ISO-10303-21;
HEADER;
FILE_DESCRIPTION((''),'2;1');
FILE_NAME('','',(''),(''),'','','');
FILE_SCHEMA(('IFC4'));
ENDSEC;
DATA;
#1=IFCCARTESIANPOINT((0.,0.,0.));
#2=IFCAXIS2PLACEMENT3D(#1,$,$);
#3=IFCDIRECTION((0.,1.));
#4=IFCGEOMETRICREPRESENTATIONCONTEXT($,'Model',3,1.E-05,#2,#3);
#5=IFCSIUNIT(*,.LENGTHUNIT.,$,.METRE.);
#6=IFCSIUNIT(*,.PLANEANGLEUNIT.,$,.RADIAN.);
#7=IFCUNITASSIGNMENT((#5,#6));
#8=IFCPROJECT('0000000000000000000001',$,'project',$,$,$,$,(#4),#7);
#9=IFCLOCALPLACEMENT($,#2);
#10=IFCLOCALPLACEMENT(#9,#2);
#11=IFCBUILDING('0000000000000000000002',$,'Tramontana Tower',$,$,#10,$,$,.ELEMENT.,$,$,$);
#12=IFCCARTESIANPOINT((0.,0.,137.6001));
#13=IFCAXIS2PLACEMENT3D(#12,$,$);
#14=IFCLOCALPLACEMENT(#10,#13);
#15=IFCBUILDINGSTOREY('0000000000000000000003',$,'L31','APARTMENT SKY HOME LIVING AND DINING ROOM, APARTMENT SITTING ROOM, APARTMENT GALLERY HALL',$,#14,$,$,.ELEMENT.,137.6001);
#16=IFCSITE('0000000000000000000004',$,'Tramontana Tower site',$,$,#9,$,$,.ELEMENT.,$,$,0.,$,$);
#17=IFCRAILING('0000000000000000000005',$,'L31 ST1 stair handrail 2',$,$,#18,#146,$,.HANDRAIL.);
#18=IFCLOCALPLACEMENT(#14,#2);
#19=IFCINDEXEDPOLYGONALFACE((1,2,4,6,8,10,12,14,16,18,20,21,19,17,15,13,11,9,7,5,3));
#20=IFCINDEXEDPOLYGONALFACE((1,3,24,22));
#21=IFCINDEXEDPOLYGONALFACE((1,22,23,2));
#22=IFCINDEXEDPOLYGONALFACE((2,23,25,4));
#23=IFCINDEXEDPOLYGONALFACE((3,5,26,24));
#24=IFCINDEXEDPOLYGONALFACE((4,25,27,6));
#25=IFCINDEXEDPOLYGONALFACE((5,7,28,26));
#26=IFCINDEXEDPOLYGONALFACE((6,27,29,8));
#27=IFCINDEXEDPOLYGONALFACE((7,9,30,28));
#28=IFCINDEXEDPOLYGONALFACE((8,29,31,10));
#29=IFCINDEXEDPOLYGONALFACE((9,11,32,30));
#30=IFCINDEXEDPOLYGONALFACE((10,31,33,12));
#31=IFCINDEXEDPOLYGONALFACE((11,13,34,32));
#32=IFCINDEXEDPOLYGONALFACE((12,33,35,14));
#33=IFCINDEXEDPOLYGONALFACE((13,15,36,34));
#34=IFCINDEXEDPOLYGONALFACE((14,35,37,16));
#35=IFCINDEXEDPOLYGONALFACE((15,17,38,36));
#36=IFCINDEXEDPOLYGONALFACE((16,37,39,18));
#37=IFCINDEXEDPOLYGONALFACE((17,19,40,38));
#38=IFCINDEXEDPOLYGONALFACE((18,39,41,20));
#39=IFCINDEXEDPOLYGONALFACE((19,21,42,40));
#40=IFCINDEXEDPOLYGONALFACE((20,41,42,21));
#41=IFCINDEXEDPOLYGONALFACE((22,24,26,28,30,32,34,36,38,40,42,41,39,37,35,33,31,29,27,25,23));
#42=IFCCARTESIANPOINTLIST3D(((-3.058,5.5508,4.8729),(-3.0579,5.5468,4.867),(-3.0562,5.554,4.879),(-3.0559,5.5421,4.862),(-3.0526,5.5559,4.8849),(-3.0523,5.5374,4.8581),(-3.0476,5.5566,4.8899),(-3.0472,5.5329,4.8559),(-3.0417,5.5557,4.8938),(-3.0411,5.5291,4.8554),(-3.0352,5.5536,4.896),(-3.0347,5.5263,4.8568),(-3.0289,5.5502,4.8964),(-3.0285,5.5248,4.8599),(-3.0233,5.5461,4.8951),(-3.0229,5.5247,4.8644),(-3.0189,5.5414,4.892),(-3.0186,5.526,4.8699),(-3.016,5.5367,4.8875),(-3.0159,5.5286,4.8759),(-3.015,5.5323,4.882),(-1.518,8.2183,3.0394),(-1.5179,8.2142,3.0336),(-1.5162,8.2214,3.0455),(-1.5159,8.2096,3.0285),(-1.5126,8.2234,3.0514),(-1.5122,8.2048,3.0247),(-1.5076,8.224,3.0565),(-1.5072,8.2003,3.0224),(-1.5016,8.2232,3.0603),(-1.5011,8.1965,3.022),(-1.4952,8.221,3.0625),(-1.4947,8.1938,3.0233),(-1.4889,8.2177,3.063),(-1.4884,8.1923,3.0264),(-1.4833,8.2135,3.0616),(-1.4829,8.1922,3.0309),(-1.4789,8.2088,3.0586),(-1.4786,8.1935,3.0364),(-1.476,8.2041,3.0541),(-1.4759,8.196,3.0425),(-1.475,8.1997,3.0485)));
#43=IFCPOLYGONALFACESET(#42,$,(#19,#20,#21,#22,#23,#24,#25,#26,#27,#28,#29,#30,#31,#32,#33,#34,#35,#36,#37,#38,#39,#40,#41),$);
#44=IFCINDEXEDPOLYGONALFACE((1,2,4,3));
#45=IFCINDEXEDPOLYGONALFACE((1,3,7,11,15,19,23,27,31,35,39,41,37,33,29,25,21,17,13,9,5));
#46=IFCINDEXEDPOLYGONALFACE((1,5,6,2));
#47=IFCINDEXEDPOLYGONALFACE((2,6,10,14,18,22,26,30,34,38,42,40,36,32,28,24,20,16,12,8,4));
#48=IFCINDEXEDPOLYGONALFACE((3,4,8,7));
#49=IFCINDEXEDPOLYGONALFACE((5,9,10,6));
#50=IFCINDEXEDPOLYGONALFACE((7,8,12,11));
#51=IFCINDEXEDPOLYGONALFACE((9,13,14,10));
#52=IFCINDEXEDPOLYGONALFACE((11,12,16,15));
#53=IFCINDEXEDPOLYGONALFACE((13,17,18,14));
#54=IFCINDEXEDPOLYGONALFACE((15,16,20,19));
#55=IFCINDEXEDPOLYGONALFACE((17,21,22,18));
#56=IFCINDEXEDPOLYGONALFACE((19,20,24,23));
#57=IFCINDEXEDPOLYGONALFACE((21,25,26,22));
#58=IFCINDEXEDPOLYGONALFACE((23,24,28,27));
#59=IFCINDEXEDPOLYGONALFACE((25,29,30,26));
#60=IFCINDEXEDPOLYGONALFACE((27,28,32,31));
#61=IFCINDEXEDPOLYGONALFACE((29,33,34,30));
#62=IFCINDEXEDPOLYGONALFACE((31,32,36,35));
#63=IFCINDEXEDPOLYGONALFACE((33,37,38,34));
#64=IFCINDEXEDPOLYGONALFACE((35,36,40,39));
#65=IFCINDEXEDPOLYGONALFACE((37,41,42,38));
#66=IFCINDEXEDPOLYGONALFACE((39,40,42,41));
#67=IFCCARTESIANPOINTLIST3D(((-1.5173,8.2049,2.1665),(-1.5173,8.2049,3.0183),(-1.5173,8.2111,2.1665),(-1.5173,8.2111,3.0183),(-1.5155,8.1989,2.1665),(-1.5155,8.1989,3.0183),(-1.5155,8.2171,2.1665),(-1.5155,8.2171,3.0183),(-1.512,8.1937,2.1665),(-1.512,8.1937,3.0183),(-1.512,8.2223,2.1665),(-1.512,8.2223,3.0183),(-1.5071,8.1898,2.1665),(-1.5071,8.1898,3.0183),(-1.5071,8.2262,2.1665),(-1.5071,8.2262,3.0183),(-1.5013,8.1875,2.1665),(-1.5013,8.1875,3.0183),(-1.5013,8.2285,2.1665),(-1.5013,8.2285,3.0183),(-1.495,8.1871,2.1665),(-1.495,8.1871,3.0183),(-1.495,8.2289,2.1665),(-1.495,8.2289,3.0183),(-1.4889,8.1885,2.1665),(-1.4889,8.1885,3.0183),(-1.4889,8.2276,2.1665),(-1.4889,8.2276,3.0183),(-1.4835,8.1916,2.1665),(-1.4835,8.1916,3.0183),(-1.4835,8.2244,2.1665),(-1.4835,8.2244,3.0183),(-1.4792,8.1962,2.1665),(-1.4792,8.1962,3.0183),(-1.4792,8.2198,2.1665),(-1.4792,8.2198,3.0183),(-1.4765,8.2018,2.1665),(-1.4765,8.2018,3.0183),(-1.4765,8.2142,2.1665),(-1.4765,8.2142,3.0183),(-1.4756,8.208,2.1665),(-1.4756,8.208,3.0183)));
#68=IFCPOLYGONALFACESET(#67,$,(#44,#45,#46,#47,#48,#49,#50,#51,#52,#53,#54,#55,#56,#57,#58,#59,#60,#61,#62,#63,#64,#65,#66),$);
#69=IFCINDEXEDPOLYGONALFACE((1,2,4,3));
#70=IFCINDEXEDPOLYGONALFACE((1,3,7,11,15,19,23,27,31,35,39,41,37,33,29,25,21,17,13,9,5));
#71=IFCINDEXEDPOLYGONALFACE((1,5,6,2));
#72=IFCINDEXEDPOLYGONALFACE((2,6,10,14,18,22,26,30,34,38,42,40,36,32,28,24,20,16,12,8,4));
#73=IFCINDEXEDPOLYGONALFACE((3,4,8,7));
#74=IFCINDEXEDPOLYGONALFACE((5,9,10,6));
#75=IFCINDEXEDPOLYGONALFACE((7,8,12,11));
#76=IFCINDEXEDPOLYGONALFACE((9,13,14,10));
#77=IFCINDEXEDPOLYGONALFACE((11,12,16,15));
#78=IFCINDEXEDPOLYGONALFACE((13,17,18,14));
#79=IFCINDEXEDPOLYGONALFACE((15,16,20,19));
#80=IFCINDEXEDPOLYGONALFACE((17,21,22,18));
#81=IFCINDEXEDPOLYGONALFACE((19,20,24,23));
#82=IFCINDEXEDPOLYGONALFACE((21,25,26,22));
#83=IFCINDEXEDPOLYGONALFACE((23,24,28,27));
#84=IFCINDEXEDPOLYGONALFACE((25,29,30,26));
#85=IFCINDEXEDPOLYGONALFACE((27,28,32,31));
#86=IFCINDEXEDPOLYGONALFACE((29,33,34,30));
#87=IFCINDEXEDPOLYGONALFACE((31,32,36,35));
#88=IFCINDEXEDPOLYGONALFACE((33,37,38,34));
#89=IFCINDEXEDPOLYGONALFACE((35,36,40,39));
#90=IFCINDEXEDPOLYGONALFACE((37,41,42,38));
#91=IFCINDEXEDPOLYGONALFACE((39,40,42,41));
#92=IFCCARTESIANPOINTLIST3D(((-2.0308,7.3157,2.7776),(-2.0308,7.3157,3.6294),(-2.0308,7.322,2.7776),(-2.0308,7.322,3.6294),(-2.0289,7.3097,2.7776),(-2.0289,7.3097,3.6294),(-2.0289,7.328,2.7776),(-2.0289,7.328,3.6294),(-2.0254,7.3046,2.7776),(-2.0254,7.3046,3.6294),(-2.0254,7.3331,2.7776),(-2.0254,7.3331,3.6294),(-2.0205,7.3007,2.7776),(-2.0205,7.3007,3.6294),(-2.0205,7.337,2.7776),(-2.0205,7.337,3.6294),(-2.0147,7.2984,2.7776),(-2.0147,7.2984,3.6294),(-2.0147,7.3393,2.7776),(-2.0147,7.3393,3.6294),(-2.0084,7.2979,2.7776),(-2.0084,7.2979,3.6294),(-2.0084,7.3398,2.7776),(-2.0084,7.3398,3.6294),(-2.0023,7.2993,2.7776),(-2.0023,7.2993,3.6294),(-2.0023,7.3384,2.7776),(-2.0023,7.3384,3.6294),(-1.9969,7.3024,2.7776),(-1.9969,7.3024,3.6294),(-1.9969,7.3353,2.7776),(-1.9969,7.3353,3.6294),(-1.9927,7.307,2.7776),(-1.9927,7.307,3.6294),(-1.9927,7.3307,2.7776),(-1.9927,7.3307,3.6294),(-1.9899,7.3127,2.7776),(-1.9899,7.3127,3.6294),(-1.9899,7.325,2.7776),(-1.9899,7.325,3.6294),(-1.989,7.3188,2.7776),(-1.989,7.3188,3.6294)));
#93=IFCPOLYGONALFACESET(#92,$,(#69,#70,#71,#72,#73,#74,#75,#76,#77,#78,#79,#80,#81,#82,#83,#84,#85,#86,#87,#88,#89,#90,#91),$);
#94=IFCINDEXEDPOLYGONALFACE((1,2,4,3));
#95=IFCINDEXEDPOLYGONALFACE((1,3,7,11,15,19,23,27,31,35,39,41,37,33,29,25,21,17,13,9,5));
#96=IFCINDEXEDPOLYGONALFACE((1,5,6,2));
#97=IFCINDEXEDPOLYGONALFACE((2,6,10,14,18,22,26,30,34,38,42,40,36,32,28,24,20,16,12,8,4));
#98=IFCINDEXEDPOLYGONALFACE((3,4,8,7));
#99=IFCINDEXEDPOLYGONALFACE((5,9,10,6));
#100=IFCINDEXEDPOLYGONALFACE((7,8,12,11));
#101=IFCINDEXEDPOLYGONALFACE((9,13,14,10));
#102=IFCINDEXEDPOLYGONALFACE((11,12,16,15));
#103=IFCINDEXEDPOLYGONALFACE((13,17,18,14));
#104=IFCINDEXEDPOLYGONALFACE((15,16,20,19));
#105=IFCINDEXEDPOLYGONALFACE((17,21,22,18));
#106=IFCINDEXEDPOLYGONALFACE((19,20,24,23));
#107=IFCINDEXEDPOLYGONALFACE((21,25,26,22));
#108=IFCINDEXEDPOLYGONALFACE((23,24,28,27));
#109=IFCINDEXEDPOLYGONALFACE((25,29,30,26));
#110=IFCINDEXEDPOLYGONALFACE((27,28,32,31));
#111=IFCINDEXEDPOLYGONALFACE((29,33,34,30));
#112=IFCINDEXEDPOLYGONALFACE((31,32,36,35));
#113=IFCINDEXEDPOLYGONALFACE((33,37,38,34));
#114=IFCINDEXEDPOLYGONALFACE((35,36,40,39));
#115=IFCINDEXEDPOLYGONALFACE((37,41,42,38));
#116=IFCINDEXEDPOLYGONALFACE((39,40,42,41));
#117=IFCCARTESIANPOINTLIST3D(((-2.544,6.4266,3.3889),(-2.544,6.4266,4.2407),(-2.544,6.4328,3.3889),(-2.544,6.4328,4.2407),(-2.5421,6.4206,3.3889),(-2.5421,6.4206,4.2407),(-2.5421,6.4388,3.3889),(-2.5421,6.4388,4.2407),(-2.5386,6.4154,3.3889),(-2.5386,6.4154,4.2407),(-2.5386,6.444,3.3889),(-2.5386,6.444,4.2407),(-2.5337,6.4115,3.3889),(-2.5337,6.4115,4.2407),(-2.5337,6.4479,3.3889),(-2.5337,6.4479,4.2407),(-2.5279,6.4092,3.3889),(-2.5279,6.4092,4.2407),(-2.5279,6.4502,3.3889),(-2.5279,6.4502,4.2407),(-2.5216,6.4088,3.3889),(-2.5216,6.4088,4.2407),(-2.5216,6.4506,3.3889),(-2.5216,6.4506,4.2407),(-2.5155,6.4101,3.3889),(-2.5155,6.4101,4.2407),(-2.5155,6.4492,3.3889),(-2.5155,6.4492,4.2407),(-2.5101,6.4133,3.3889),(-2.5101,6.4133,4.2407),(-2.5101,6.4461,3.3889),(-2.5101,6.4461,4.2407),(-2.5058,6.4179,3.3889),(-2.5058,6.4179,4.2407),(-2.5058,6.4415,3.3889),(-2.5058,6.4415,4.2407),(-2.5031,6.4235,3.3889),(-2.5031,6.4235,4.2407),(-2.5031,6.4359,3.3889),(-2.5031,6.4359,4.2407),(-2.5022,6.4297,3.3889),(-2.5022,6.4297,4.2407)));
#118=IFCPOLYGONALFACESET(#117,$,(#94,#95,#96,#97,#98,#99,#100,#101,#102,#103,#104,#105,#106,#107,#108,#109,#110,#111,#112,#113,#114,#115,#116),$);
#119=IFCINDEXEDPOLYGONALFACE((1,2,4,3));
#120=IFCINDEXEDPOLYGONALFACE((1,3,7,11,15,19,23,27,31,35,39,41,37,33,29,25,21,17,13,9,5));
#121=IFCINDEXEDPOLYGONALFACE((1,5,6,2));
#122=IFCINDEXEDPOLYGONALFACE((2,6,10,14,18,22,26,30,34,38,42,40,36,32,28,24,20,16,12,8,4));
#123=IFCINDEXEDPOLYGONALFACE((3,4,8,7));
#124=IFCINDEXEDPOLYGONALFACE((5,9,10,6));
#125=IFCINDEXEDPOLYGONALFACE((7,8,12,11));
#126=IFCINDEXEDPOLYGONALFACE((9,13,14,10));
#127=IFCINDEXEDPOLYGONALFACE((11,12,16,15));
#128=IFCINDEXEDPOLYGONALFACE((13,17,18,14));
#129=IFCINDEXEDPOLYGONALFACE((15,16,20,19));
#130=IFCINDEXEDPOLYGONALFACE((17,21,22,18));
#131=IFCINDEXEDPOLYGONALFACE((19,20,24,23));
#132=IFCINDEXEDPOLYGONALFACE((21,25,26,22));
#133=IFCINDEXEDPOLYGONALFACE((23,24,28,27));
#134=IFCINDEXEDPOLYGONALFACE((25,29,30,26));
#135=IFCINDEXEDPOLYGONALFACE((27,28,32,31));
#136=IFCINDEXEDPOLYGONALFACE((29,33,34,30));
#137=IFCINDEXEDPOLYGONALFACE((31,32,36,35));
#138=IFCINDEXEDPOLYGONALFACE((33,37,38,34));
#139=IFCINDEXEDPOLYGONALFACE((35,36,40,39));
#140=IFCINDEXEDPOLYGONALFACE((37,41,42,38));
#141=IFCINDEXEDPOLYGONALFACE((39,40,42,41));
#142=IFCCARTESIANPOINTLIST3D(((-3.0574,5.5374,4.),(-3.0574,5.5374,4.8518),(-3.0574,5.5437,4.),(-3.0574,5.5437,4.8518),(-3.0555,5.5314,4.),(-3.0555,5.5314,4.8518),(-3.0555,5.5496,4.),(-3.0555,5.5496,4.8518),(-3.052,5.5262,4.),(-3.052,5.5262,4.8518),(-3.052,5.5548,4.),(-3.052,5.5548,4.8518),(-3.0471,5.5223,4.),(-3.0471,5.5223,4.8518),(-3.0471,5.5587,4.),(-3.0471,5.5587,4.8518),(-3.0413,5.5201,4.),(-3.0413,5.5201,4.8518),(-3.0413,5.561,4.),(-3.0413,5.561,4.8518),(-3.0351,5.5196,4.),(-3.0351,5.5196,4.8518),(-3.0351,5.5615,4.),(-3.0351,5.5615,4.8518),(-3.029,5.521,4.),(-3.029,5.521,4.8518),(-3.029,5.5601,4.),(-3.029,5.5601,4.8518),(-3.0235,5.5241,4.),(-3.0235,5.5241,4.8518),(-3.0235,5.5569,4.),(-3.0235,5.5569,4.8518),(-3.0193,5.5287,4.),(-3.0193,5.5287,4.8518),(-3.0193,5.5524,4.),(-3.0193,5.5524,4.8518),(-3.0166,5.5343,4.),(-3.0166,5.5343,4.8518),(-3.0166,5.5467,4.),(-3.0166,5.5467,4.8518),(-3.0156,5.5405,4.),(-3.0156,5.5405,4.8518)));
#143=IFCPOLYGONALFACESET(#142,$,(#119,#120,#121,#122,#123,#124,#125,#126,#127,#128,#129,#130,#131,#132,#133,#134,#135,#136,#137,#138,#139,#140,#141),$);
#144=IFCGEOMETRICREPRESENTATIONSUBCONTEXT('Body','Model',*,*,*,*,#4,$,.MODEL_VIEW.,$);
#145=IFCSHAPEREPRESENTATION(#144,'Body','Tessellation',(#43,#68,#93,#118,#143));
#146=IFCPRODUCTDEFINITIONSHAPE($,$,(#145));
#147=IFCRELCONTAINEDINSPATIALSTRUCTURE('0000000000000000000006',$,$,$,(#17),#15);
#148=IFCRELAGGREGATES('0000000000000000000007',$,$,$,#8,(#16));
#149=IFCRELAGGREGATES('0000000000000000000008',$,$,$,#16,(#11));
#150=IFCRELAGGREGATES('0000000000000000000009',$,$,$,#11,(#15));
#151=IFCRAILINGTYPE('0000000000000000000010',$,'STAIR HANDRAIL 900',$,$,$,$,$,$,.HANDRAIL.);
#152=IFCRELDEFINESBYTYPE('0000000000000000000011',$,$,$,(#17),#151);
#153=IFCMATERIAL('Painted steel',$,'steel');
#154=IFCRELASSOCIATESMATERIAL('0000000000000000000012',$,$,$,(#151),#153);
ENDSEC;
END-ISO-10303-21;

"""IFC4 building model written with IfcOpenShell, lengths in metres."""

from ifc_helpers import new_model, si_unit, direction, frame, origin, origin_2d, place, context, subcontext, project, spatial, circle, extrude, material, type_object, element, save


model = new_model("IFC4")

# Units and contexts
model_context = context("Model", 3, precision=1e-05, world=origin(), true_north=direction((0.0, 1.0)))
body_context = subcontext(model_context, "Body", "Model", "MODEL_VIEW")
ifc_project = project(units=[si_unit("LENGTHUNIT", "METRE"), si_unit("PLANEANGLEUNIT", "RADIAN")], contexts=[model_context])

# Site, building, storey
site_placement = place(None, origin())
site = spatial("IfcSite", under=ifc_project, at=site_placement, Name="Tramontana Tower site", CompositionType="ELEMENT", RefElevation=0.0)
building_placement = place(site_placement, origin())
building = spatial("IfcBuilding", under=site, at=building_placement, Name="Tramontana Tower", CompositionType="ELEMENT")
storey_placement = place(building_placement, frame((0.0, 0.0, 137.6001)))
storey = spatial("IfcBuildingStorey", under=building, at=storey_placement, Name="L31", Description="APARTMENT SKY HOME LIVING AND DINING ROOM, APARTMENT SITTING ROOM, APARTMENT GALLERY HALL", CompositionType="ELEMENT", Elevation=137.6001)

# Railing
ifc_material_1 = material(Name="Painted steel", Category="steel")
railing_type_1 = type_object("IfcRailingType", Name="STAIR HANDRAIL 900", PredefinedType="HANDRAIL", material=ifc_material_1)
railing_1_placement = place(storey_placement, frame((-1.4966, 8.208, 2.1665)))
element("IfcRailing", 1, at=railing_1_placement, inside=storey, type_object=railing_type_1, Name="L31 ST1 stair handrail 2", PredefinedType="HANDRAIL", context=body_context, shape_type="SweptSolid", body=[
    extrude(circle(Radius=0.0239, at=origin_2d()), frame((0.0, 0.0, 0.876), z_axis=(-0.429634, -0.744164, 0.511502), x_axis=(0.86603, -0.499992, 0.0)), (0.0, 0.0, 1.0), 3.5845),
    extrude(circle(Radius=0.021, at=origin_2d()), origin(), (0.0, 0.0, 1.0), 0.8518),
    extrude(circle(Radius=0.021, at=origin_2d()), frame((-0.5134, -0.8892, 0.6111)), (0.0, 0.0, 1.0), 0.8518),
    extrude(circle(Radius=0.021, at=origin_2d()), frame((-1.0266, -1.7783, 1.2224)), (0.0, 0.0, 1.0), 0.8518),
    extrude(circle(Radius=0.021, at=origin_2d()), frame((-1.54, -2.6675, 1.8335)), (0.0, 0.0, 1.0), 0.8518),
])

save(model, "model.ifc")
